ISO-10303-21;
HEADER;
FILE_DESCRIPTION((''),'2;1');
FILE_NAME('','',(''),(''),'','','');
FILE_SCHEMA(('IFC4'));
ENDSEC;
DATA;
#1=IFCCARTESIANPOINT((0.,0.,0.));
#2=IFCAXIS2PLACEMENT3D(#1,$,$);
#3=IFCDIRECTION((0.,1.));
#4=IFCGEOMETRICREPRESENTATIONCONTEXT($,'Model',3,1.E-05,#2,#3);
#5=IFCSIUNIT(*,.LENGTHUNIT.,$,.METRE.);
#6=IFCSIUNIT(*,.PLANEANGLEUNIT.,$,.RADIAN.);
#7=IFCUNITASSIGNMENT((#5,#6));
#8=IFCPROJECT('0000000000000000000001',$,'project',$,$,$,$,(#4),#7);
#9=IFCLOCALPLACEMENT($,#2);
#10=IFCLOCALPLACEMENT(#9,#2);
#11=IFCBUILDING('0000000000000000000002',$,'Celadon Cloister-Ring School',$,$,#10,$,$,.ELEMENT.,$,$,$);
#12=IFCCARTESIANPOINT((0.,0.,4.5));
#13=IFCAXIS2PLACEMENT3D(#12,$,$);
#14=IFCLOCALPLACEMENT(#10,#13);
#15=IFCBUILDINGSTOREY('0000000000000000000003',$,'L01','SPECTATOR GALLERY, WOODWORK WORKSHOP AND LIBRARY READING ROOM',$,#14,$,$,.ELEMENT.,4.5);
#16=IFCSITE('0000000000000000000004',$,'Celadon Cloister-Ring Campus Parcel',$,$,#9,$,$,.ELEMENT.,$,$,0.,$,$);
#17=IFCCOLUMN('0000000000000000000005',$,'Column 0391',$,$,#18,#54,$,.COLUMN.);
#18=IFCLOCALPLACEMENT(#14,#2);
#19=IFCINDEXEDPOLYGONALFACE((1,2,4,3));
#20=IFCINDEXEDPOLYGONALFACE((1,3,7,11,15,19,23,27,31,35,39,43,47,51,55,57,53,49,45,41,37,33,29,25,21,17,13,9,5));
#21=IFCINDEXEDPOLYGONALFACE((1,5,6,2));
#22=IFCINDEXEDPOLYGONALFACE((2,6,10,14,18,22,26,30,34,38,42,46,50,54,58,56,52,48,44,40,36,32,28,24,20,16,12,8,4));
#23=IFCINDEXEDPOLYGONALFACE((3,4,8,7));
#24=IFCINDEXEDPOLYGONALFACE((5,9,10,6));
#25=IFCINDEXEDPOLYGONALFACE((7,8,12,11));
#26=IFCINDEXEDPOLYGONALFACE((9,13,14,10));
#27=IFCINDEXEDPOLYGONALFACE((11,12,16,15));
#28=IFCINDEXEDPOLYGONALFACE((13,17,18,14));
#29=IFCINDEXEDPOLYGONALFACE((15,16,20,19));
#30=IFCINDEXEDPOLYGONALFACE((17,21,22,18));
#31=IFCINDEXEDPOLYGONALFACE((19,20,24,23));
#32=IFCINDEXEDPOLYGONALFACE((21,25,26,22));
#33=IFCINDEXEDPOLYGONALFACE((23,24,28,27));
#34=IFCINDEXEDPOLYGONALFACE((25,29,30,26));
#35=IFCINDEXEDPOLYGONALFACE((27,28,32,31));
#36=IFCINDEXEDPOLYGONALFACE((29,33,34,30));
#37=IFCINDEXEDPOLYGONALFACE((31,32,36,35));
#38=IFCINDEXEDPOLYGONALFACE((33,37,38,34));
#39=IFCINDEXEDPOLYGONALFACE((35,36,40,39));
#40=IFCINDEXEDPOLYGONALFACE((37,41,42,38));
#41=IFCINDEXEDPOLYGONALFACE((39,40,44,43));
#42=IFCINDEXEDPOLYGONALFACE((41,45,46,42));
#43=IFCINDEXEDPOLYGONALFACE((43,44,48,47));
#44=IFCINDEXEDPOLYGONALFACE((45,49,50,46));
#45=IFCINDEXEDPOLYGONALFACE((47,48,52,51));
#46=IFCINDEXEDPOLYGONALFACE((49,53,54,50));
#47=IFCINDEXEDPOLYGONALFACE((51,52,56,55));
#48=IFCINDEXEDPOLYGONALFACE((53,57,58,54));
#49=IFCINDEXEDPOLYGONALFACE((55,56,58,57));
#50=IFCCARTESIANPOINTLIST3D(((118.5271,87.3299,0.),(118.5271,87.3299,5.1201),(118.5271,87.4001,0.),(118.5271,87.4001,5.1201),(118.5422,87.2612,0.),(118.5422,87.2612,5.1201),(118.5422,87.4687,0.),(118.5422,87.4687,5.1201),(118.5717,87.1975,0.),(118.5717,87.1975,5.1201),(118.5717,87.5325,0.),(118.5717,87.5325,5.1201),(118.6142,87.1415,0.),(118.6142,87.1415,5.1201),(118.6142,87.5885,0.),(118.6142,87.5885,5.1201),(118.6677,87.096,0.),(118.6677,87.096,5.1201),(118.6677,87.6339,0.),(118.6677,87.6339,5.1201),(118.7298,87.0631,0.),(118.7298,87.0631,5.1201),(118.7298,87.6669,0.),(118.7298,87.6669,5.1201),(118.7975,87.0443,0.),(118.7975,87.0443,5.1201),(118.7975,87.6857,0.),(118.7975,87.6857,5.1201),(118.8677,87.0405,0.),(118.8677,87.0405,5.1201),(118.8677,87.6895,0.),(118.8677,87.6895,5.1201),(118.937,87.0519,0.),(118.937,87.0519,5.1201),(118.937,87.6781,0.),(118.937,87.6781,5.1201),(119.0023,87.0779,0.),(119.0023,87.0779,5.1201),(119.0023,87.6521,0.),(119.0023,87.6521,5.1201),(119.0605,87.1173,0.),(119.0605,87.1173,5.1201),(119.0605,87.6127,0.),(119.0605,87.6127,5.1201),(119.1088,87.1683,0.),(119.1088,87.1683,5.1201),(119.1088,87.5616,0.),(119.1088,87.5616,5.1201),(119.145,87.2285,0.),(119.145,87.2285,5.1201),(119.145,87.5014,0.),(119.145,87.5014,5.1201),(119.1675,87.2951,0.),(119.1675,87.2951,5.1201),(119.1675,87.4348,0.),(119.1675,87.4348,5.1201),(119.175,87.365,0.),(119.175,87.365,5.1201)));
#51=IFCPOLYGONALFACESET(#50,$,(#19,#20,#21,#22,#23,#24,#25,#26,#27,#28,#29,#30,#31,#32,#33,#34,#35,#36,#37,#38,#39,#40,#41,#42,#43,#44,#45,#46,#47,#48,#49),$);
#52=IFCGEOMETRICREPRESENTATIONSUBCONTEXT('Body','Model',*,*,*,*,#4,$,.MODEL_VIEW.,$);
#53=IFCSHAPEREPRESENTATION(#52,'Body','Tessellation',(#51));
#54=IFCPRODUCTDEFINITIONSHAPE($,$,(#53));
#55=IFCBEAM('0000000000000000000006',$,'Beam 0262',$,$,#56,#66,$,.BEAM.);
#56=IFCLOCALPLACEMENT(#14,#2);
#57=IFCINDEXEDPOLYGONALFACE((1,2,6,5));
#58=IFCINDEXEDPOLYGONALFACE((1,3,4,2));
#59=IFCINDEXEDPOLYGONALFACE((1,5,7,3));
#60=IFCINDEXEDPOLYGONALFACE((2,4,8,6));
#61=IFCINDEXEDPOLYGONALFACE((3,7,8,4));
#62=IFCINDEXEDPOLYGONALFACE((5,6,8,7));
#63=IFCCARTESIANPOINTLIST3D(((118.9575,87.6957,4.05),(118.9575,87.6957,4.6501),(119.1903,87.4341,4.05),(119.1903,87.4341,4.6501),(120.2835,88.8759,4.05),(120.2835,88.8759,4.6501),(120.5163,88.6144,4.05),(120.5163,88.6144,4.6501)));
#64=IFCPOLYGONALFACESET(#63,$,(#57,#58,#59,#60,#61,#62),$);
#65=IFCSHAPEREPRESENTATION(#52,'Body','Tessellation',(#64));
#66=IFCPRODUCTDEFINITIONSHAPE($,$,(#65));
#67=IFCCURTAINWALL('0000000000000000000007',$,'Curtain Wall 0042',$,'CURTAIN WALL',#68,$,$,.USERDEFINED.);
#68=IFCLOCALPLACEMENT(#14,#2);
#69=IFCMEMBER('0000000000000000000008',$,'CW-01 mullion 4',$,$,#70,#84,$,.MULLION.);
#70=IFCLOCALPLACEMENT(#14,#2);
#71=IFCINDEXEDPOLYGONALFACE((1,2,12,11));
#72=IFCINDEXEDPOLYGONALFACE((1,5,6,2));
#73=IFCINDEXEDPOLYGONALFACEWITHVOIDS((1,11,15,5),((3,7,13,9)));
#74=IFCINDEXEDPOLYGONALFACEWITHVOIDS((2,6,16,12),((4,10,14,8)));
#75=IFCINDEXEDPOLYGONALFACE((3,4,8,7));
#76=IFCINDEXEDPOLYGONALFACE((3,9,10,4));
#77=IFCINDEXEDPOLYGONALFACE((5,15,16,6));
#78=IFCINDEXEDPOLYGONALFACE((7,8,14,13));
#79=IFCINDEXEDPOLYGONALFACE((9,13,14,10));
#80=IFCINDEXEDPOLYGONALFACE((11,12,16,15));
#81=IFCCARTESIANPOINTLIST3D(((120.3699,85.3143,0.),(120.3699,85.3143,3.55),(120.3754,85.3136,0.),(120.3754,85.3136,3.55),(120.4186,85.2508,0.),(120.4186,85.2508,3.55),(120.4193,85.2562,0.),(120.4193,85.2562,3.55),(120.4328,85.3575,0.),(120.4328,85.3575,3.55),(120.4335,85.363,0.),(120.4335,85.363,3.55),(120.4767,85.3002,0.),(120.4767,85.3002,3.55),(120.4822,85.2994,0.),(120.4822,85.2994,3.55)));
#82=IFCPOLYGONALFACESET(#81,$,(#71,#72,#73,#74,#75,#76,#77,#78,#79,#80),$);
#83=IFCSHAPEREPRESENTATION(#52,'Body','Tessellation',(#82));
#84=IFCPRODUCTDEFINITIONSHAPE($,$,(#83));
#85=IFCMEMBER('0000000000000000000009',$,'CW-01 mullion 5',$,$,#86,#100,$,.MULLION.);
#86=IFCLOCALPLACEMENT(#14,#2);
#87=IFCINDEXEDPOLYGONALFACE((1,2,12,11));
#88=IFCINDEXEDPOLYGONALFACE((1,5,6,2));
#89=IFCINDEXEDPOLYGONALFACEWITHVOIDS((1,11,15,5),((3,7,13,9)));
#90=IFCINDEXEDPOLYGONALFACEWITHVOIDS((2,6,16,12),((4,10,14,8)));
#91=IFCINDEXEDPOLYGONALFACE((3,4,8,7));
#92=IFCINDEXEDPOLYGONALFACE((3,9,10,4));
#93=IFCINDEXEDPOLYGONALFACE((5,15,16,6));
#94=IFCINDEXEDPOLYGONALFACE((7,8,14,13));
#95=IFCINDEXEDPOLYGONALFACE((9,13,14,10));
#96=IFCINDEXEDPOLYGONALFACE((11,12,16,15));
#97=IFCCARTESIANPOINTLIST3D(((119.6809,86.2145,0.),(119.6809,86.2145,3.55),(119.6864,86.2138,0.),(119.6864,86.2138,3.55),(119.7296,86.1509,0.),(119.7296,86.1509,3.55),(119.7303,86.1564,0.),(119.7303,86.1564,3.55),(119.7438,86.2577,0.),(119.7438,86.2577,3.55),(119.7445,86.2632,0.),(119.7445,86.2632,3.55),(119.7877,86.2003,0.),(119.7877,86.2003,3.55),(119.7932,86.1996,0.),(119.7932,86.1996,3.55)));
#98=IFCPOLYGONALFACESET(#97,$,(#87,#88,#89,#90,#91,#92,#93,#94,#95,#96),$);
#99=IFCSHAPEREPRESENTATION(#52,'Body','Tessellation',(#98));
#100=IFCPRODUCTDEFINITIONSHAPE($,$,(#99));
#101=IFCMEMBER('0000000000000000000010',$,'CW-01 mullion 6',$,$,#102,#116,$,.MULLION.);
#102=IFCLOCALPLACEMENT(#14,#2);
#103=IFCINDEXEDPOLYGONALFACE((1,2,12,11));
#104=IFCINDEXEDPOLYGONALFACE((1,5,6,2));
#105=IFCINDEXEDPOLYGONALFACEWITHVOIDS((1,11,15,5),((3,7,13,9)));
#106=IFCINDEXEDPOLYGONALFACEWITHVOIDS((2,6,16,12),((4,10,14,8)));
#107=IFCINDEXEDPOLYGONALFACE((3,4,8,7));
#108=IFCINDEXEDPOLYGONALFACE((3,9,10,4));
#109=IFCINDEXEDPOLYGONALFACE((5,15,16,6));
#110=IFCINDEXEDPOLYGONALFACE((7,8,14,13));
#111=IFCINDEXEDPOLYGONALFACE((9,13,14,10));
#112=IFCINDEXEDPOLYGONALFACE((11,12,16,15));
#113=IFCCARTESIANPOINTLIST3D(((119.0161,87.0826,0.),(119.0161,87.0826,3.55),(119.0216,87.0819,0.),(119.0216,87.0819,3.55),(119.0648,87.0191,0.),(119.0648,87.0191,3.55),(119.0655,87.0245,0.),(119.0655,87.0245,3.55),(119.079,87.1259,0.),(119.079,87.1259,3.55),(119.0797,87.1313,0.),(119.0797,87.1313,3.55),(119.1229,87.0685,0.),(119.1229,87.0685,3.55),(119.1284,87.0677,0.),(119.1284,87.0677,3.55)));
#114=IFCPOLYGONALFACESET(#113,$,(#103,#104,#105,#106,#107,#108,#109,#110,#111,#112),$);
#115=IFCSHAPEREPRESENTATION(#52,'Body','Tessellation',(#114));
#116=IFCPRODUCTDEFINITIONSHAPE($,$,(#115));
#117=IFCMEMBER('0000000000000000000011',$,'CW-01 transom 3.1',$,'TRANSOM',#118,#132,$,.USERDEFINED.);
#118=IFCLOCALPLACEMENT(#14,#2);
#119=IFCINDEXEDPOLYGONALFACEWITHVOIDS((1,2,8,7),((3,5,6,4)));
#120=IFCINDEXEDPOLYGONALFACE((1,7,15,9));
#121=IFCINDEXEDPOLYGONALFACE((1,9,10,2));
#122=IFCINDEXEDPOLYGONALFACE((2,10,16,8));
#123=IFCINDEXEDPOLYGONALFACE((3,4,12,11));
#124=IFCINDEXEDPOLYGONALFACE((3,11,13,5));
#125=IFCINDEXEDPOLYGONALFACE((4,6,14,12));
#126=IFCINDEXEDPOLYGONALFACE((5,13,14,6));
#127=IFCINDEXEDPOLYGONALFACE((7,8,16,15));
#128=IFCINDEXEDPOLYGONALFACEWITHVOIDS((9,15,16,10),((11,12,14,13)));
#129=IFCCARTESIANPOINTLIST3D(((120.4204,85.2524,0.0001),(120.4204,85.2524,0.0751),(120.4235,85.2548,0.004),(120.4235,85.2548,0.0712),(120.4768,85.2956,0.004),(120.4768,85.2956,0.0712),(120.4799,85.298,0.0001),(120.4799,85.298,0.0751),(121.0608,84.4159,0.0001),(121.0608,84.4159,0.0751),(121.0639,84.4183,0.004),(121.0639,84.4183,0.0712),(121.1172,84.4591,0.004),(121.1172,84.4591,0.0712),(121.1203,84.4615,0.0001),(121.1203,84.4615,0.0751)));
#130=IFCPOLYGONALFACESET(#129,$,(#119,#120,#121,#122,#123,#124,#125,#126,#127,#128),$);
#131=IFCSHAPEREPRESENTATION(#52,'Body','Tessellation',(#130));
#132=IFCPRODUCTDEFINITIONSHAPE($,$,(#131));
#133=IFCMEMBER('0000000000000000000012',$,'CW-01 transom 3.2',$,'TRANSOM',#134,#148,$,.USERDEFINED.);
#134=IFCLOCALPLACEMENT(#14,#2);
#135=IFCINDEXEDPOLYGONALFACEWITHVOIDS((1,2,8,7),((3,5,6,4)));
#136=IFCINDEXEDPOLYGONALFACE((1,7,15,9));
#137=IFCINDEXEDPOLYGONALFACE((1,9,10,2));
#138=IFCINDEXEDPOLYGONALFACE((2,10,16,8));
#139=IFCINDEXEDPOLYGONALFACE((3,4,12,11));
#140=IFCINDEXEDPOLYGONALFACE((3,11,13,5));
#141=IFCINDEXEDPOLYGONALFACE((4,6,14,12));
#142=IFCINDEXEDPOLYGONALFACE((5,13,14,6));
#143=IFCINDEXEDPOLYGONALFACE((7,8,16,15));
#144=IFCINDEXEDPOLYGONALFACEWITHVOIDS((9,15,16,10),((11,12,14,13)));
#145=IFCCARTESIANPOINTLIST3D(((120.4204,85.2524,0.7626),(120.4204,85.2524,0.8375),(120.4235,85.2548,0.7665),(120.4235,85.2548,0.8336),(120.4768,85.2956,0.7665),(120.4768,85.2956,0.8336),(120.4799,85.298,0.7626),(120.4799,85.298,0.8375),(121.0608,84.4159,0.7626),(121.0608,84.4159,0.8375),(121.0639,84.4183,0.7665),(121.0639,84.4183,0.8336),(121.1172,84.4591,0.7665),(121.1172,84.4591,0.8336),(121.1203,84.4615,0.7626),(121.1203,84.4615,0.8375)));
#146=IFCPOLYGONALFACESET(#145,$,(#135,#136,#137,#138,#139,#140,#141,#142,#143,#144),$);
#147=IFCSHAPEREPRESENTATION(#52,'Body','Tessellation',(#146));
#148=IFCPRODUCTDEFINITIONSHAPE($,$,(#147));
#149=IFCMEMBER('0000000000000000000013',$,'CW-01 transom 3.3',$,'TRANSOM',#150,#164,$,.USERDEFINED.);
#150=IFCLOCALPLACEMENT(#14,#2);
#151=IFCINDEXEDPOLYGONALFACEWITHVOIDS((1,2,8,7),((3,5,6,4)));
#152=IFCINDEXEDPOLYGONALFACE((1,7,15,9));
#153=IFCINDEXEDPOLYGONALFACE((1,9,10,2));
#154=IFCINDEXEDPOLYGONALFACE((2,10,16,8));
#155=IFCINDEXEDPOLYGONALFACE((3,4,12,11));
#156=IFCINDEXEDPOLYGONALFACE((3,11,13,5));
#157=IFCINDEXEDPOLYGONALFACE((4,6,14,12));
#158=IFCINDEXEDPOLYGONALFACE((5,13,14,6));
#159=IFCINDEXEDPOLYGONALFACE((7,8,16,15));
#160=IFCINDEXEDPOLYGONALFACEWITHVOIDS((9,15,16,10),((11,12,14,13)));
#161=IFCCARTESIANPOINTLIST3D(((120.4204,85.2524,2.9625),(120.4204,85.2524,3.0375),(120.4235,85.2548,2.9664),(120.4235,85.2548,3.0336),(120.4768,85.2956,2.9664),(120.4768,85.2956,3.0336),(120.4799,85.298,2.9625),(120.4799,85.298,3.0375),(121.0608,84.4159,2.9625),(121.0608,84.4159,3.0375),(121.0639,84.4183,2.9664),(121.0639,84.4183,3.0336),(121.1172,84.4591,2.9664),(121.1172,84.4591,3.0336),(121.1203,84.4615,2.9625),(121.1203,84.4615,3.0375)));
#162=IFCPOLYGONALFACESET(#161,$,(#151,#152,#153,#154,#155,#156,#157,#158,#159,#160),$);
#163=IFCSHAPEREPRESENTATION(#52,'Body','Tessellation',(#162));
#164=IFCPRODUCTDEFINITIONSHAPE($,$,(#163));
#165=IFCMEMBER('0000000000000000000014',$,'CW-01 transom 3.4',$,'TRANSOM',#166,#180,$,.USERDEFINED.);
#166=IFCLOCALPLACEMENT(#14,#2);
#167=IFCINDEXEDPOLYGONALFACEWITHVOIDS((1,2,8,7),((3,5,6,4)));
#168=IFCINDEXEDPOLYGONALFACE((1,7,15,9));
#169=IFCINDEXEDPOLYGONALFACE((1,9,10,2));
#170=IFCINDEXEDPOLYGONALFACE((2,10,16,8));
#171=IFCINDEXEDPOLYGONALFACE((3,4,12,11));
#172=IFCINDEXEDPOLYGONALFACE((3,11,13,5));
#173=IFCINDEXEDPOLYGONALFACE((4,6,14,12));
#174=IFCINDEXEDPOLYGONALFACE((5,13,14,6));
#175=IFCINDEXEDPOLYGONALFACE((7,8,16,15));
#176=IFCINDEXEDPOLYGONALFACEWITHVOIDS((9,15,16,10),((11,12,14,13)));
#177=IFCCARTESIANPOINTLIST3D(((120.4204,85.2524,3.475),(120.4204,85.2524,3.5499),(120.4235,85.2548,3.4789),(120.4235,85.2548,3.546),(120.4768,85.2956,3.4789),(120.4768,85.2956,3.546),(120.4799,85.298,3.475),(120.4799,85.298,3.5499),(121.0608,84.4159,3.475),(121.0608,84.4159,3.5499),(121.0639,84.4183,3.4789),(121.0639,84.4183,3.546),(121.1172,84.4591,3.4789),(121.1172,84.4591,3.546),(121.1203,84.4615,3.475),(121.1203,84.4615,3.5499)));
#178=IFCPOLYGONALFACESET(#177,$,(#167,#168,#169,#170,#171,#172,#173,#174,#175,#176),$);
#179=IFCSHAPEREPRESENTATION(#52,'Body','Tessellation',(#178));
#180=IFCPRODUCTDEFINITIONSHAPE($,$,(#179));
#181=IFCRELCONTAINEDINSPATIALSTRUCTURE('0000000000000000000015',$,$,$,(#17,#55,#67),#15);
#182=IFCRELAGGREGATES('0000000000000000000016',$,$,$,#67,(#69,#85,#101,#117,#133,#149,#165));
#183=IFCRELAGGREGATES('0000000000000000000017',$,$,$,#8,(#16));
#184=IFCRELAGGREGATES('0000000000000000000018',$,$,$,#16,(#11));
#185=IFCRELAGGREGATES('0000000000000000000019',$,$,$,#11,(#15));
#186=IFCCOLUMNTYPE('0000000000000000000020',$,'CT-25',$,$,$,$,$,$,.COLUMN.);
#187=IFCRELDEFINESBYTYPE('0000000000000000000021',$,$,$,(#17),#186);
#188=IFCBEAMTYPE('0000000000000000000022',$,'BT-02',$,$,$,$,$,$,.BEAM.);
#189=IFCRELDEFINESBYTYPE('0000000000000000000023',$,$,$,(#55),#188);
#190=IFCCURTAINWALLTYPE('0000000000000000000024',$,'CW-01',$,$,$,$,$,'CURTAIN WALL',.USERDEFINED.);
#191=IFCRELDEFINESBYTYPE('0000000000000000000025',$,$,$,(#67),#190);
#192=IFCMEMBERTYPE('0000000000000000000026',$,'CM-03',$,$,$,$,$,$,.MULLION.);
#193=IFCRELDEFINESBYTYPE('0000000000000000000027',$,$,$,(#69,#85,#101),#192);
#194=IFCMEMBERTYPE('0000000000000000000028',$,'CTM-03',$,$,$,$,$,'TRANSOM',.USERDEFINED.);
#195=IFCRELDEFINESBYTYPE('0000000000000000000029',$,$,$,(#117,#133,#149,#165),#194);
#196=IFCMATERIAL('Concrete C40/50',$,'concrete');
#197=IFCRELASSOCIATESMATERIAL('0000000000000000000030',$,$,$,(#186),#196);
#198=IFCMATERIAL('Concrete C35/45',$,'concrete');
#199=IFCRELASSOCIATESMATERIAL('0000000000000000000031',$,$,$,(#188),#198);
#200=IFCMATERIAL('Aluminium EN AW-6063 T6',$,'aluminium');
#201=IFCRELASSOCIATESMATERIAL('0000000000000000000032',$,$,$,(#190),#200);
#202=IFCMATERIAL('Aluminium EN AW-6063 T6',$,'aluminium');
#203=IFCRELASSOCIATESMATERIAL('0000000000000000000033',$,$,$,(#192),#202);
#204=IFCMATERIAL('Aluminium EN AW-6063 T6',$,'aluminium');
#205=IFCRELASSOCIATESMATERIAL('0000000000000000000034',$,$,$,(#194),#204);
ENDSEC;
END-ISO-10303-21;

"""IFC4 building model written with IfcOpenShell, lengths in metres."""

from ifc_helpers import new_model, si_unit, direction, frame, origin, origin_2d, place, context, subcontext, project, spatial, rectangle, hollow_rectangle, circle, extrude, material, material_profile, profile_set, type_object, element, aggregate, save


model = new_model("IFC4")

# Units and contexts
model_context = context("Model", 3, precision=1e-05, world=origin(), true_north=direction((0.0, 1.0)))
body_context = subcontext(model_context, "Body", "Model", "MODEL_VIEW")
ifc_project = project(units=[si_unit("LENGTHUNIT", "METRE"), si_unit("PLANEANGLEUNIT", "RADIAN")], contexts=[model_context])

# Site, building, storey
site_placement = place(None, origin())
site = spatial("IfcSite", under=ifc_project, at=site_placement, Name="Celadon Cloister-Ring Campus Parcel", CompositionType="ELEMENT", RefElevation=0.0)
building_placement = place(site_placement, origin())
building = spatial("IfcBuilding", under=site, at=building_placement, Name="Celadon Cloister-Ring School", CompositionType="ELEMENT")
storey_placement = place(building_placement, frame((0.0, 0.0, 4.5)))
storey = spatial("IfcBuildingStorey", under=building, at=storey_placement, Name="L01", Description="SPECTATOR GALLERY, WOODWORK WORKSHOP AND LIBRARY READING ROOM", CompositionType="ELEMENT", Elevation=4.5)

# Column
ifc_material_1 = material(Name="Concrete C40/50", Category="concrete")
ifc_material_profile_1 = material_profile(ifc_material_1, circle(Radius=0.325, at=origin_2d()), Name="CIRC650")
ifc_profile_set_1 = profile_set([ifc_material_profile_1], Name="Concrete C40/50")
column_type = type_object("IfcColumnType", Name="CT-25", PredefinedType="COLUMN", material=ifc_profile_set_1)
column_placement = place(storey_placement, frame((118.8501, 87.365, 0.0), z_axis=(0.0, 0.0, 1.0), x_axis=(1.0, 0.0, 0.0)))
element("IfcColumn", 1, at=column_placement, inside=storey, type_object=column_type, Name="Column 0391", PredefinedType="COLUMN", context=body_context, shape_type="SweptSolid", body=[
    extrude(circle(Radius=0.325, at=origin_2d()), origin(), (0.0, 0.0, 1.0), 5.1201),
])

# Beam
ifc_material_2 = material(Name="Concrete C35/45", Category="concrete")
ifc_material_profile_2 = material_profile(ifc_material_2, rectangle(XDim=0.3501, YDim=0.6001, at=origin_2d()), Name="RC350X600")
ifc_profile_set_2 = profile_set([ifc_material_profile_2], Name="Concrete C35/45")
beam_type_1 = type_object("IfcBeamType", Name="BT-02", PredefinedType="BEAM", material=ifc_profile_set_2)
beam_1_placement = place(storey_placement, frame((120.3999, 88.7451, 4.3501), z_axis=(-0.746969, -0.664859, 0.0), x_axis=(0.664859, -0.746969, 0.0)))
element("IfcBeam", 2, at=beam_1_placement, inside=storey, type_object=beam_type_1, Name="Beam 0262", PredefinedType="BEAM", context=body_context, shape_type="SweptSolid", body=[
    extrude(rectangle(XDim=0.3501, YDim=0.6001, at=origin_2d()), origin(), (0.0, 0.0, 1.0), 1.7751),
])

# Curtain wall, members
ifc_material_3 = material(Name="Aluminium EN AW-6063 T6", Category="aluminium")
curtain_wall_type = type_object("IfcCurtainWallType", Name="CW-01", ElementType="CURTAIN WALL", PredefinedType="USERDEFINED", material=ifc_material_3)
curtain_wall_placement = place(storey_placement, origin())
curtain_wall = element("IfcCurtainWall", 3, at=curtain_wall_placement, inside=storey, type_object=curtain_wall_type, Name="Curtain Wall 0042", ObjectType="CURTAIN WALL", PredefinedType="USERDEFINED")
ifc_material_4 = material(Name="Aluminium EN AW-6063 T6", Category="aluminium")
ifc_material_profile_3 = material_profile(ifc_material_4, hollow_rectangle(XDim=0.0801, YDim=0.0801, WallThickness=0.0039, at=origin_2d()), Name="RHS80X80X4")
ifc_profile_set_3 = profile_set([ifc_material_profile_3], Name="Aluminium EN AW-6063 T6")
member_type_1 = type_object("IfcMemberType", Name="CM-03", PredefinedType="MULLION", material=ifc_profile_set_3)
member_1_placement = place(storey_placement, frame((120.426, 85.3069, 0.0), z_axis=(0.0, 0.0, 1.0), x_axis=(-0.794032, -0.607876, 0.0)))
member_1 = element("IfcMember", 4, at=member_1_placement, type_object=member_type_1, Name="CW-01 mullion 4", PredefinedType="MULLION", context=body_context, shape_type="SweptSolid", body=[
    extrude(hollow_rectangle(XDim=0.0801, YDim=0.0801, WallThickness=0.0039, at=origin_2d()), origin(), (0.0, 0.0, 1.0), 3.55),
])
member_2_placement = place(storey_placement, frame((119.7371, 86.207, 0.0), z_axis=(0.0, 0.0, 1.0), x_axis=(-0.794032, -0.607876, 0.0)))
member_2 = element("IfcMember", 5, at=member_2_placement, type_object=member_type_1, Name="CW-01 mullion 5", PredefinedType="MULLION", context=body_context, shape_type="SweptSolid", body=[
    extrude(hollow_rectangle(XDim=0.0801, YDim=0.0801, WallThickness=0.0039, at=origin_2d()), origin(), (0.0, 0.0, 1.0), 3.55),
])
member_3_placement = place(storey_placement, frame((119.0723, 87.0752, 0.0), z_axis=(0.0, 0.0, 1.0), x_axis=(-0.794032, -0.607876, 0.0)))
member_3 = element("IfcMember", 6, at=member_3_placement, type_object=member_type_1, Name="CW-01 mullion 6", PredefinedType="MULLION", context=body_context, shape_type="SweptSolid", body=[
    extrude(hollow_rectangle(XDim=0.0801, YDim=0.0801, WallThickness=0.0039, at=origin_2d()), origin(), (0.0, 0.0, 1.0), 3.55),
])
ifc_material_5 = material(Name="Aluminium EN AW-6063 T6", Category="aluminium")
ifc_material_profile_4 = material_profile(ifc_material_5, hollow_rectangle(XDim=0.075, YDim=0.075, WallThickness=0.0039, at=origin_2d()), Name="RHS75X75X4")
ifc_profile_set_4 = profile_set([ifc_material_profile_4], Name="Aluminium EN AW-6063 T6")
member_type_2 = type_object("IfcMemberType", Name="CTM-03", ElementType="TRANSOM", PredefinedType="USERDEFINED", material=ifc_profile_set_4)
member_4_placement = place(storey_placement, frame((121.0906, 84.4387, 0.0376), z_axis=(-0.607906, 0.794009, 0.0), x_axis=(-0.794009, -0.607906, 0.0)))
member_4 = element("IfcMember", 7, at=member_4_placement, type_object=member_type_2, Name="CW-01 transom 3.1", ObjectType="TRANSOM", PredefinedType="USERDEFINED", context=body_context, shape_type="SweptSolid", body=[
    extrude(hollow_rectangle(XDim=0.075, YDim=0.075, WallThickness=0.0039, at=origin_2d()), origin(), (0.0, 0.0, 1.0), 1.0535),
])
member_5_placement = place(storey_placement, frame((121.0906, 84.4387, 0.8), z_axis=(-0.607906, 0.794009, 0.0), x_axis=(-0.794009, -0.607906, 0.0)))
member_5 = element("IfcMember", 8, at=member_5_placement, type_object=member_type_2, Name="CW-01 transom 3.2", ObjectType="TRANSOM", PredefinedType="USERDEFINED", context=body_context, shape_type="SweptSolid", body=[
    extrude(hollow_rectangle(XDim=0.075, YDim=0.075, WallThickness=0.0039, at=origin_2d()), origin(), (0.0, 0.0, 1.0), 1.0535),
])
member_6_placement = place(storey_placement, frame((121.0906, 84.4387, 3.0), z_axis=(-0.607906, 0.794009, 0.0), x_axis=(-0.794009, -0.607906, 0.0)))
member_6 = element("IfcMember", 9, at=member_6_placement, type_object=member_type_2, Name="CW-01 transom 3.3", ObjectType="TRANSOM", PredefinedType="USERDEFINED", context=body_context, shape_type="SweptSolid", body=[
    extrude(hollow_rectangle(XDim=0.075, YDim=0.075, WallThickness=0.0039, at=origin_2d()), origin(), (0.0, 0.0, 1.0), 1.0535),
])
member_7_placement = place(storey_placement, frame((121.0906, 84.4387, 3.5125), z_axis=(-0.607906, 0.794009, 0.0), x_axis=(-0.794009, -0.607906, 0.0)))
member_7 = element("IfcMember", 10, at=member_7_placement, type_object=member_type_2, Name="CW-01 transom 3.4", ObjectType="TRANSOM", PredefinedType="USERDEFINED", context=body_context, shape_type="SweptSolid", body=[
    extrude(hollow_rectangle(XDim=0.075, YDim=0.075, WallThickness=0.0039, at=origin_2d()), origin(), (0.0, 0.0, 1.0), 1.0535),
])

aggregate(curtain_wall, [member_1, member_2, member_3, member_4, member_5, member_6, member_7])

save(model, "model.ifc")
